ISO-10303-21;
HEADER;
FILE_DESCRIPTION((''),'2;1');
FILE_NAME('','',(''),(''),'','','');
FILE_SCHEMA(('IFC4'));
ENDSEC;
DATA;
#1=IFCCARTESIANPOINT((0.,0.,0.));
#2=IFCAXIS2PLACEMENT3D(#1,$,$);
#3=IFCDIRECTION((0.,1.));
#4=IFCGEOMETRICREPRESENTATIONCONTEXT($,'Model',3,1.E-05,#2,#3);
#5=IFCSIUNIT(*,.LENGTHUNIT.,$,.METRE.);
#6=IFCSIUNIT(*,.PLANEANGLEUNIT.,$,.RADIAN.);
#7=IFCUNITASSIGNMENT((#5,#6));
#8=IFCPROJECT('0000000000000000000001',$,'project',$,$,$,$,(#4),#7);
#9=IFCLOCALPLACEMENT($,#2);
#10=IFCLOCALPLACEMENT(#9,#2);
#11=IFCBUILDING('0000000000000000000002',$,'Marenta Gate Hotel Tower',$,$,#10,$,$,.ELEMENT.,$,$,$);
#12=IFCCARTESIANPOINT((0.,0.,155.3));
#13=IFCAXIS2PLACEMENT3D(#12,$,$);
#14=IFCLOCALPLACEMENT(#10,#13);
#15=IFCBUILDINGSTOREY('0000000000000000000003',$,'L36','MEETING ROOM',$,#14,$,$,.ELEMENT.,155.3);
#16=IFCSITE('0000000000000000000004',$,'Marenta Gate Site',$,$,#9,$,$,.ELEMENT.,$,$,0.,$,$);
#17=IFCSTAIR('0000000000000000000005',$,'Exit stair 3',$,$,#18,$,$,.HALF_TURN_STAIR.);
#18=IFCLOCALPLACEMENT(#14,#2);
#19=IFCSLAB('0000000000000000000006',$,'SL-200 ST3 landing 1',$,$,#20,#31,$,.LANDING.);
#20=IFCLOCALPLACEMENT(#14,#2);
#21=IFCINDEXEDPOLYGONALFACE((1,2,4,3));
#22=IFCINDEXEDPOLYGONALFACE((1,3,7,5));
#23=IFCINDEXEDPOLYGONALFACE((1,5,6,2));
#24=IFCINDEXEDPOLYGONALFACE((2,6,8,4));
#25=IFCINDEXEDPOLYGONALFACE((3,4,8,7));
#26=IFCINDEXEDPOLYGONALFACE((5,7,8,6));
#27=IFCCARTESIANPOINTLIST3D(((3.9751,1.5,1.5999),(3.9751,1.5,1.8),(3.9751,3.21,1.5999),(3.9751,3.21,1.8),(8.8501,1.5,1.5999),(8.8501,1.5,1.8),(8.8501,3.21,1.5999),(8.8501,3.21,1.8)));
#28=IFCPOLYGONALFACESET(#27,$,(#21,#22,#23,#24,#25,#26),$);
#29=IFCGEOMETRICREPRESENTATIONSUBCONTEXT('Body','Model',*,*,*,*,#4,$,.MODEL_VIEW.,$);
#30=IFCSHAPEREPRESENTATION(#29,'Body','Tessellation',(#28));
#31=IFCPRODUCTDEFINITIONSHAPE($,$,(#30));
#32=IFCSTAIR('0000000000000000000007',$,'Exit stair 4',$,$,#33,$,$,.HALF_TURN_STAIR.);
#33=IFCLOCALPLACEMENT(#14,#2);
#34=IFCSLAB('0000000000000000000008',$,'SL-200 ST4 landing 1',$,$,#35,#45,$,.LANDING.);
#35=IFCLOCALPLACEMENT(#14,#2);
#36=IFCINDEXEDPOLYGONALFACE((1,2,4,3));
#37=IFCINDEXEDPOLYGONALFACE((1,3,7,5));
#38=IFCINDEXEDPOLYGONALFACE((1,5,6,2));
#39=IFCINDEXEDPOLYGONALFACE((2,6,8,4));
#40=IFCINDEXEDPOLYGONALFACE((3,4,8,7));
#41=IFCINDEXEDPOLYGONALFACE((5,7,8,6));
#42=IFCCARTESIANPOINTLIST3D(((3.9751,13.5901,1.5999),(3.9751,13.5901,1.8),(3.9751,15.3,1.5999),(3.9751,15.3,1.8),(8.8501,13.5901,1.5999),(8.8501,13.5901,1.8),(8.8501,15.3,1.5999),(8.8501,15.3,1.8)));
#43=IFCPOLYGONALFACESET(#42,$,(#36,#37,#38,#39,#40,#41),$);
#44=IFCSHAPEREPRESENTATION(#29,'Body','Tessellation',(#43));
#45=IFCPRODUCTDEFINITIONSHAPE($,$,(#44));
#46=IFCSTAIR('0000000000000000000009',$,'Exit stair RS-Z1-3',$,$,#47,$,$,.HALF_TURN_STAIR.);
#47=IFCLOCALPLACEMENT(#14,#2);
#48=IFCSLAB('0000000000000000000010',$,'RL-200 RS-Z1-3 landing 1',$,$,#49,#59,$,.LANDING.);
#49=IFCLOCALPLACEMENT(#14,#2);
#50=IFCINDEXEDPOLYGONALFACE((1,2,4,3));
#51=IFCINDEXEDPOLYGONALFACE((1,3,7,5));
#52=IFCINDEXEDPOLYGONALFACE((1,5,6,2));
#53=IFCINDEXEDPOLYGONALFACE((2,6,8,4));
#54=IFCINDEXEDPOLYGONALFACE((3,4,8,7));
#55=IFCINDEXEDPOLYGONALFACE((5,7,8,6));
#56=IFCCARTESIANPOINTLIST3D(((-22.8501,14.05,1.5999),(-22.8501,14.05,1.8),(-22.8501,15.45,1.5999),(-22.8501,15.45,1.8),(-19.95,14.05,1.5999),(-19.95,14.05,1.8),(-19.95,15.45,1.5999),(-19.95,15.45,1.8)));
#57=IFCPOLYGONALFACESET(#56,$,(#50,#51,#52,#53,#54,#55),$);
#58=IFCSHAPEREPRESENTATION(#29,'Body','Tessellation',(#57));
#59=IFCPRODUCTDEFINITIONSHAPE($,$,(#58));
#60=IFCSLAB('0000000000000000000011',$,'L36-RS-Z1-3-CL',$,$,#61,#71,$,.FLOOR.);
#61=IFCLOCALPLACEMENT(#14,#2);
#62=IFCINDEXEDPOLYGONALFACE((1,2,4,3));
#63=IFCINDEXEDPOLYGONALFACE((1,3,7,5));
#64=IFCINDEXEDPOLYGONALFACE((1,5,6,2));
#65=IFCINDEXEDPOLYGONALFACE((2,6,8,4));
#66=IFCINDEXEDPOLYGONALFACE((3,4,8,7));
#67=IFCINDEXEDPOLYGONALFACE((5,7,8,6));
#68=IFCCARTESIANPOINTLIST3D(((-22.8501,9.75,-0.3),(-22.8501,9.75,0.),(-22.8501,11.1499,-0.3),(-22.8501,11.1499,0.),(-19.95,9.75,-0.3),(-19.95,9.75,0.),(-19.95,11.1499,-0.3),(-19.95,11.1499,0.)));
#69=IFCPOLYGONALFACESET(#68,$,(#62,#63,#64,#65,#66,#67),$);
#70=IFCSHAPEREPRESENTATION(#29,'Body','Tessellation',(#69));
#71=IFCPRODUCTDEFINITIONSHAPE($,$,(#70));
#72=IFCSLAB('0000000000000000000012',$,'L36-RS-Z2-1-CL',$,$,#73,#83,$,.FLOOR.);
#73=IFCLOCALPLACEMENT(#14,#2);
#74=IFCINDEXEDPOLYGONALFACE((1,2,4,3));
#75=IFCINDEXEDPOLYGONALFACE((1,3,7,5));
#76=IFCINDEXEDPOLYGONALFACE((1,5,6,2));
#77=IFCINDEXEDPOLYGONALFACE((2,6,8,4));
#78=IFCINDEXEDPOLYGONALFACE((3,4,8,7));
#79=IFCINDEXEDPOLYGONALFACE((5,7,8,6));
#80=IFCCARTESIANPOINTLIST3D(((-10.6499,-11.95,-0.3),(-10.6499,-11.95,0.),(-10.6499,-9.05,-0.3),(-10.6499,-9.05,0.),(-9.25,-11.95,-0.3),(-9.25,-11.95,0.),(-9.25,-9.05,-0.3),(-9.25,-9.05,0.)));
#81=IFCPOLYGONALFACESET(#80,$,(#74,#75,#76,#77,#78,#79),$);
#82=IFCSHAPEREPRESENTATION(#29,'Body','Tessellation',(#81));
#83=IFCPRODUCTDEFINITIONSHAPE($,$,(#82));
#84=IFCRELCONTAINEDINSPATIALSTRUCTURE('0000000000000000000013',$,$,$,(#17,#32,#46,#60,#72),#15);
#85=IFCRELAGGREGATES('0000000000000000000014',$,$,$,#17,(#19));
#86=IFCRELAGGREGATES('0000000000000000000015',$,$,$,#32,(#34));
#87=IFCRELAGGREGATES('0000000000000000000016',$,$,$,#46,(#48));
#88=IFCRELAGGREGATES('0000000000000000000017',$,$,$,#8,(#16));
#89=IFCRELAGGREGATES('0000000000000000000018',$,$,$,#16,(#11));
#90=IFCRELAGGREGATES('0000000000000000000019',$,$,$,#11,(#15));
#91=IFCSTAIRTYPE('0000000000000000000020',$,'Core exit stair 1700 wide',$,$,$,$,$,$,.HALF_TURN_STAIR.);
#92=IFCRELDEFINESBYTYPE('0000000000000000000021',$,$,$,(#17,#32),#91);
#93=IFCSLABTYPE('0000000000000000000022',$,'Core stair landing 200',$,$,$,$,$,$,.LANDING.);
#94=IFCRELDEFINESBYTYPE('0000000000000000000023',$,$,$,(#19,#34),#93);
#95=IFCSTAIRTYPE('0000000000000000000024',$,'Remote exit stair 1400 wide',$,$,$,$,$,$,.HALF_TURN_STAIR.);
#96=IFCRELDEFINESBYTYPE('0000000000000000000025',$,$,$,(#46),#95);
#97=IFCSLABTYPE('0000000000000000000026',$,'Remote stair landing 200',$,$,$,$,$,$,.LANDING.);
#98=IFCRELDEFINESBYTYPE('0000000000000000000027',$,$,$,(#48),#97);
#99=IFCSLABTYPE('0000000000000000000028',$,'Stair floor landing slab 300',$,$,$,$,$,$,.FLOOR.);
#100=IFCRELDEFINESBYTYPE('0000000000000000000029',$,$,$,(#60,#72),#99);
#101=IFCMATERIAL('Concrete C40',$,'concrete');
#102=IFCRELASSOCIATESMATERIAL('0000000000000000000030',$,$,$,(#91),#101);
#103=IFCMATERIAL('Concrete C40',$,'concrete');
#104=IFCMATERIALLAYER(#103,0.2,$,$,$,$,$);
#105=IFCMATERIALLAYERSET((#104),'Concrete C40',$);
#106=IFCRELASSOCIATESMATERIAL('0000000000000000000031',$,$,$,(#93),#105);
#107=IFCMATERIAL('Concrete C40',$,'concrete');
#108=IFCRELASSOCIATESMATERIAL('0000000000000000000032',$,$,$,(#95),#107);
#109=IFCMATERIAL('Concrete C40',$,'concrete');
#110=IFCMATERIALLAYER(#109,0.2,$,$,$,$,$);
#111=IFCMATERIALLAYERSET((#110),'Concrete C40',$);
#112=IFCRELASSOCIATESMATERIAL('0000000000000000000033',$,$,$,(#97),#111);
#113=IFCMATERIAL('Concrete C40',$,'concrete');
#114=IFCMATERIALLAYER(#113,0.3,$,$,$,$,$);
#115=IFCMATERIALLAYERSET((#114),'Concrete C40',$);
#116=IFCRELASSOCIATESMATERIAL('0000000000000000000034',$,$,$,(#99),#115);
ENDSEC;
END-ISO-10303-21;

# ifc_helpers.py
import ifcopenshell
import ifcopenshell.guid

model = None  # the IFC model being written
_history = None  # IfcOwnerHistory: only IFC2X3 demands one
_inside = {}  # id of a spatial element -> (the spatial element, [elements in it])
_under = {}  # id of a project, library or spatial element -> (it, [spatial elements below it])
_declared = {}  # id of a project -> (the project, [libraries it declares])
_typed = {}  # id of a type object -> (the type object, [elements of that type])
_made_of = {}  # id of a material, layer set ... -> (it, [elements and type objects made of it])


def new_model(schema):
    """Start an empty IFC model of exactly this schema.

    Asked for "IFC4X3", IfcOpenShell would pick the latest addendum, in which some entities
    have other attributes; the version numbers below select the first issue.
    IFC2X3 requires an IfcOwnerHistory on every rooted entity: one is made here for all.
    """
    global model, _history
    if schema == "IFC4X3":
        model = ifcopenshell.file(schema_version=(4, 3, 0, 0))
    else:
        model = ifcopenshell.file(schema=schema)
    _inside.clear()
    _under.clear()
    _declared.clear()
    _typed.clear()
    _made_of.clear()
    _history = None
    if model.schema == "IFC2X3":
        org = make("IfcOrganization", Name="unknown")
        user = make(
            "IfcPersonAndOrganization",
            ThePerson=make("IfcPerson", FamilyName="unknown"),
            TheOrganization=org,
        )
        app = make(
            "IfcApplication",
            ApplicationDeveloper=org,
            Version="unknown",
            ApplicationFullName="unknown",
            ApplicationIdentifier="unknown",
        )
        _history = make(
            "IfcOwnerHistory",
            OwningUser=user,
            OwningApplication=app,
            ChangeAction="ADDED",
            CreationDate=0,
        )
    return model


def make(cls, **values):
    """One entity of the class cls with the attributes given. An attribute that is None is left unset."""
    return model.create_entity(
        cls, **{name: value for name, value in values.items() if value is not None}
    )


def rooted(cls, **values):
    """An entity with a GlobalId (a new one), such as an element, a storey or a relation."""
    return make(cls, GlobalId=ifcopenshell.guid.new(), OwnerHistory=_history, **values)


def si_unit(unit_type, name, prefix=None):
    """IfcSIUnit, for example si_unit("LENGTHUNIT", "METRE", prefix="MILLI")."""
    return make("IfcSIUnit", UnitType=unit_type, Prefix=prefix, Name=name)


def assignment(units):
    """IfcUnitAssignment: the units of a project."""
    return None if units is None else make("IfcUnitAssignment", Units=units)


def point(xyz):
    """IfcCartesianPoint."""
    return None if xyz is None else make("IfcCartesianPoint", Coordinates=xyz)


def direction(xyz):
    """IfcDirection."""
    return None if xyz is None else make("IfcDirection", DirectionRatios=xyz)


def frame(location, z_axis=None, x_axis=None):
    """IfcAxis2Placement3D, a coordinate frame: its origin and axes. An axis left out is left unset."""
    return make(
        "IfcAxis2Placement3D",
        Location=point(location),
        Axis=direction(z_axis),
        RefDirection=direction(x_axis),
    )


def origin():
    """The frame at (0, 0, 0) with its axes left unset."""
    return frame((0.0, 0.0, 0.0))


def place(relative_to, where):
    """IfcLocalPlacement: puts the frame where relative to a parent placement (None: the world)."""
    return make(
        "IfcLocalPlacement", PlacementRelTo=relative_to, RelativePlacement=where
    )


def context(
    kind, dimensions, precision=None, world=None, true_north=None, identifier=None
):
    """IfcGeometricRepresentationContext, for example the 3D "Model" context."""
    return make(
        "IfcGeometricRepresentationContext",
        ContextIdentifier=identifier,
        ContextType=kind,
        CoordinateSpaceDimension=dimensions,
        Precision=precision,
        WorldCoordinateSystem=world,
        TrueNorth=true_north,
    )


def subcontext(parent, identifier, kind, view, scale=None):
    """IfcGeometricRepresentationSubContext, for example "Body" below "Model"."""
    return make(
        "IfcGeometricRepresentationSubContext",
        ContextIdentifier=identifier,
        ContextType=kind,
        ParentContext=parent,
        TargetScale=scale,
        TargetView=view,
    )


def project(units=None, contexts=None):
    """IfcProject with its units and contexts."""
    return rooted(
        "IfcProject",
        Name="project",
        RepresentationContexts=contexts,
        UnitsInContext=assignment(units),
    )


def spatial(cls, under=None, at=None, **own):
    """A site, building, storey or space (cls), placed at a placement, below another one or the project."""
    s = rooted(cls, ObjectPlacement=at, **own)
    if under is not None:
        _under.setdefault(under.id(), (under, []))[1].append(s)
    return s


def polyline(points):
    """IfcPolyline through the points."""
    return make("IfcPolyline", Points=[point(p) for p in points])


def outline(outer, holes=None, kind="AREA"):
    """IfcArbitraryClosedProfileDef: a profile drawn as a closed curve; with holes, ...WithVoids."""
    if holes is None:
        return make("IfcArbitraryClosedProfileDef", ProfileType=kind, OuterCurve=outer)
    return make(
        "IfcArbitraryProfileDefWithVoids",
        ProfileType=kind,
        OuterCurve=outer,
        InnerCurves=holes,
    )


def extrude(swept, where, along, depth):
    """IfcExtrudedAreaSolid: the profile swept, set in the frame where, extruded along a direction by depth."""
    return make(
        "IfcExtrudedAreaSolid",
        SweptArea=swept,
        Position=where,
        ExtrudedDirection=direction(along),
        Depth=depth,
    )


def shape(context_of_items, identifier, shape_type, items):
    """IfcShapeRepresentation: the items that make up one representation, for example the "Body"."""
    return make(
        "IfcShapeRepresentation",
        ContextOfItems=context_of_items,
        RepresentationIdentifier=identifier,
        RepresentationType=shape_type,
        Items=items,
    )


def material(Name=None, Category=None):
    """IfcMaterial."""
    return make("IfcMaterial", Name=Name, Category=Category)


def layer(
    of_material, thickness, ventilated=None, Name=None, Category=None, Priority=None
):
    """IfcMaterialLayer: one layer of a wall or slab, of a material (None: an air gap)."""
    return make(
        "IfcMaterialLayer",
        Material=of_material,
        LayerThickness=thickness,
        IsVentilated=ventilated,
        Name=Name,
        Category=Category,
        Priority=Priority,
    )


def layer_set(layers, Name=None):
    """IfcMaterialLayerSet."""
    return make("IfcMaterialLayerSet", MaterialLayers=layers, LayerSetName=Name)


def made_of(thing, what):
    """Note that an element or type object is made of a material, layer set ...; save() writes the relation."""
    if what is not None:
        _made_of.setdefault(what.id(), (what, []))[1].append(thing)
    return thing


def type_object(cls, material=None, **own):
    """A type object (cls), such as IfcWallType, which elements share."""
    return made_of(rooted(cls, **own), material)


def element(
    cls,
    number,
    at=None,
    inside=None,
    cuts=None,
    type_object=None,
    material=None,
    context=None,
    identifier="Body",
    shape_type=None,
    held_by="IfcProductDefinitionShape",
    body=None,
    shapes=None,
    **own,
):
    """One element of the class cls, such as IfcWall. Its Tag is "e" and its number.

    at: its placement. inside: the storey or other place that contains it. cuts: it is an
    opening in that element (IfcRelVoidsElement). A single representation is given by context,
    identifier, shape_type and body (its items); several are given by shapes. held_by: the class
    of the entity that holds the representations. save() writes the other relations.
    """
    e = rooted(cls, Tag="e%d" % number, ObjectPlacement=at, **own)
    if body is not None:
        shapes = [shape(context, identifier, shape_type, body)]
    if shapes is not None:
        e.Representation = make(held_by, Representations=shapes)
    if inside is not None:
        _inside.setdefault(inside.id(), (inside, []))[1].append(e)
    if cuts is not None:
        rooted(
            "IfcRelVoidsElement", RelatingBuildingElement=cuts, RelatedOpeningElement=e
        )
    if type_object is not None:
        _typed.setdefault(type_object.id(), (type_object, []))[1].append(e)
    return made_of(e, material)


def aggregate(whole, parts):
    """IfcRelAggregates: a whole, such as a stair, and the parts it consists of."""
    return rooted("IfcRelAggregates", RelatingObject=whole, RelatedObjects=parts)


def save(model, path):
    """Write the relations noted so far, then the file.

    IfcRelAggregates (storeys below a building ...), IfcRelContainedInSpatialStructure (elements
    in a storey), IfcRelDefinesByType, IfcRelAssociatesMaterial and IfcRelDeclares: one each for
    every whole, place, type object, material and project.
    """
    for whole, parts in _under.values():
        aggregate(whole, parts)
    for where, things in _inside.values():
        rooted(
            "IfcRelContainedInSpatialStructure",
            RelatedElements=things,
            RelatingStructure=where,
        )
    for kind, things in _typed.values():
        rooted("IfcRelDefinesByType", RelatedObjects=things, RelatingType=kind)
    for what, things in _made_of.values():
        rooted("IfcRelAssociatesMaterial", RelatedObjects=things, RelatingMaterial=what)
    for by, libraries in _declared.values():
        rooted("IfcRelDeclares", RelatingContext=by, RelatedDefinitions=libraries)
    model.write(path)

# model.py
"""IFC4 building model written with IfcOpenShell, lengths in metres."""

from ifc_helpers import new_model, si_unit, direction, frame, origin, place, context, subcontext, project, spatial, polyline, outline, extrude, material, layer, layer_set, type_object, element, aggregate, save


model = new_model("IFC4")

# Units and contexts
model_context = context("Model", 3, precision=1e-05, world=origin(), true_north=direction((0.0, 1.0)))
body_context = subcontext(model_context, "Body", "Model", "MODEL_VIEW")
ifc_project = project(units=[si_unit("LENGTHUNIT", "METRE"), si_unit("PLANEANGLEUNIT", "RADIAN")], contexts=[model_context])

# Site, building, storey
site_placement = place(None, origin())
site = spatial("IfcSite", under=ifc_project, at=site_placement, Name="Marenta Gate Site", CompositionType="ELEMENT", RefElevation=0.0)
building_placement = place(site_placement, origin())
building = spatial("IfcBuilding", under=site, at=building_placement, Name="Marenta Gate Hotel Tower", CompositionType="ELEMENT")
storey_placement = place(building_placement, frame((0.0, 0.0, 155.3)))
storey = spatial("IfcBuildingStorey", under=building, at=storey_placement, Name="L36", Description="MEETING ROOM", CompositionType="ELEMENT", Elevation=155.3)

# Stairs, slabs
ifc_material_1 = material(Name="Concrete C40", Category="concrete")
stair_type_1 = type_object("IfcStairType", Name="Core exit stair 1700 wide", PredefinedType="HALF_TURN_STAIR", material=ifc_material_1)
ifc_material_2 = material(Name="Concrete C40", Category="concrete")
ifc_layer_1 = layer(ifc_material_2, 0.2)
ifc_layer_set_1 = layer_set([ifc_layer_1], Name="Concrete C40")
slab_type_1 = type_object("IfcSlabType", Name="Core stair landing 200", PredefinedType="LANDING", material=ifc_layer_set_1)
stair_1_placement = place(storey_placement, origin())
stair_1 = element("IfcStair", 1, at=stair_1_placement, inside=storey, type_object=stair_type_1, Name="Exit stair 3", PredefinedType="HALF_TURN_STAIR")
slab_1_placement = place(storey_placement, frame((0.0, 0.0, 1.5999)))
slab_1 = element("IfcSlab", 2, at=slab_1_placement, type_object=slab_type_1, Name="SL-200 ST3 landing 1", PredefinedType="LANDING", context=body_context, shape_type="SweptSolid", body=[
    extrude(outline(polyline([(3.9751, 1.5), (8.8501, 1.5), (8.8501, 3.21), (3.9751, 3.21), (3.9751, 1.5)])), origin(), (0.0, 0.0, 1.0), 0.2002),
])
aggregate(stair_1, [slab_1])
stair_2_placement = place(storey_placement, origin())
stair_2 = element("IfcStair", 3, at=stair_2_placement, inside=storey, type_object=stair_type_1, Name="Exit stair 4", PredefinedType="HALF_TURN_STAIR")
slab_2_placement = place(storey_placement, frame((0.0, 0.0, 1.5999)))
slab_2 = element("IfcSlab", 4, at=slab_2_placement, type_object=slab_type_1, Name="SL-200 ST4 landing 1", PredefinedType="LANDING", context=body_context, shape_type="SweptSolid", body=[
    extrude(outline(polyline([(3.9751, 13.5901), (8.8501, 13.5901), (8.8501, 15.3), (3.9751, 15.3), (3.9751, 13.5901)])), origin(), (0.0, 0.0, 1.0), 0.2002),
])
aggregate(stair_2, [slab_2])
ifc_material_3 = material(Name="Concrete C40", Category="concrete")
stair_type_2 = type_object("IfcStairType", Name="Remote exit stair 1400 wide", PredefinedType="HALF_TURN_STAIR", material=ifc_material_3)
stair_3_placement = place(storey_placement, origin())
stair_3 = element("IfcStair", 5, at=stair_3_placement, inside=storey, type_object=stair_type_2, Name="Exit stair RS-Z1-3", PredefinedType="HALF_TURN_STAIR")
ifc_material_4 = material(Name="Concrete C40", Category="concrete")
ifc_layer_2 = layer(ifc_material_4, 0.2)
ifc_layer_set_2 = layer_set([ifc_layer_2], Name="Concrete C40")
slab_type_2 = type_object("IfcSlabType", Name="Remote stair landing 200", PredefinedType="LANDING", material=ifc_layer_set_2)
slab_3_placement = place(storey_placement, frame((0.0, 0.0, 1.5999)))
slab_3 = element("IfcSlab", 6, at=slab_3_placement, type_object=slab_type_2, Name="RL-200 RS-Z1-3 landing 1", PredefinedType="LANDING", context=body_context, shape_type="SweptSolid", body=[
    extrude(outline(polyline([(-22.8501, 14.05), (-19.95, 14.05), (-19.95, 15.45), (-22.8501, 15.45), (-22.8501, 14.05)])), origin(), (0.0, 0.0, 1.0), 0.2002),
])
aggregate(stair_3, [slab_3])

# Slabs
ifc_material_5 = material(Name="Concrete C40", Category="concrete")
ifc_layer_3 = layer(ifc_material_5, 0.3)
ifc_layer_set_3 = layer_set([ifc_layer_3], Name="Concrete C40")
slab_type_3 = type_object("IfcSlabType", Name="Stair floor landing slab 300", PredefinedType="FLOOR", material=ifc_layer_set_3)
slab_4_placement = place(storey_placement, frame((0.0, 0.0, -0.3)))
element("IfcSlab", 7, at=slab_4_placement, inside=storey, type_object=slab_type_3, Name="L36-RS-Z1-3-CL", PredefinedType="FLOOR", context=body_context, shape_type="SweptSolid", body=[
    extrude(outline(polyline([(-19.95, 9.75), (-19.95, 11.1499), (-22.8501, 11.1499), (-22.8501, 9.75), (-19.95, 9.75)])), origin(), (0.0, 0.0, 1.0), 0.3),
])
slab_5_placement = place(storey_placement, frame((0.0, 0.0, -0.3)))
element("IfcSlab", 8, at=slab_5_placement, inside=storey, type_object=slab_type_3, Name="L36-RS-Z2-1-CL", PredefinedType="FLOOR", context=body_context, shape_type="SweptSolid", body=[
    extrude(outline(polyline([(-9.25, -11.95), (-9.25, -9.05), (-10.6499, -9.05), (-10.6499, -11.95), (-9.25, -11.95)])), origin(), (0.0, 0.0, 1.0), 0.3),
])

save(model, "model.ifc")
